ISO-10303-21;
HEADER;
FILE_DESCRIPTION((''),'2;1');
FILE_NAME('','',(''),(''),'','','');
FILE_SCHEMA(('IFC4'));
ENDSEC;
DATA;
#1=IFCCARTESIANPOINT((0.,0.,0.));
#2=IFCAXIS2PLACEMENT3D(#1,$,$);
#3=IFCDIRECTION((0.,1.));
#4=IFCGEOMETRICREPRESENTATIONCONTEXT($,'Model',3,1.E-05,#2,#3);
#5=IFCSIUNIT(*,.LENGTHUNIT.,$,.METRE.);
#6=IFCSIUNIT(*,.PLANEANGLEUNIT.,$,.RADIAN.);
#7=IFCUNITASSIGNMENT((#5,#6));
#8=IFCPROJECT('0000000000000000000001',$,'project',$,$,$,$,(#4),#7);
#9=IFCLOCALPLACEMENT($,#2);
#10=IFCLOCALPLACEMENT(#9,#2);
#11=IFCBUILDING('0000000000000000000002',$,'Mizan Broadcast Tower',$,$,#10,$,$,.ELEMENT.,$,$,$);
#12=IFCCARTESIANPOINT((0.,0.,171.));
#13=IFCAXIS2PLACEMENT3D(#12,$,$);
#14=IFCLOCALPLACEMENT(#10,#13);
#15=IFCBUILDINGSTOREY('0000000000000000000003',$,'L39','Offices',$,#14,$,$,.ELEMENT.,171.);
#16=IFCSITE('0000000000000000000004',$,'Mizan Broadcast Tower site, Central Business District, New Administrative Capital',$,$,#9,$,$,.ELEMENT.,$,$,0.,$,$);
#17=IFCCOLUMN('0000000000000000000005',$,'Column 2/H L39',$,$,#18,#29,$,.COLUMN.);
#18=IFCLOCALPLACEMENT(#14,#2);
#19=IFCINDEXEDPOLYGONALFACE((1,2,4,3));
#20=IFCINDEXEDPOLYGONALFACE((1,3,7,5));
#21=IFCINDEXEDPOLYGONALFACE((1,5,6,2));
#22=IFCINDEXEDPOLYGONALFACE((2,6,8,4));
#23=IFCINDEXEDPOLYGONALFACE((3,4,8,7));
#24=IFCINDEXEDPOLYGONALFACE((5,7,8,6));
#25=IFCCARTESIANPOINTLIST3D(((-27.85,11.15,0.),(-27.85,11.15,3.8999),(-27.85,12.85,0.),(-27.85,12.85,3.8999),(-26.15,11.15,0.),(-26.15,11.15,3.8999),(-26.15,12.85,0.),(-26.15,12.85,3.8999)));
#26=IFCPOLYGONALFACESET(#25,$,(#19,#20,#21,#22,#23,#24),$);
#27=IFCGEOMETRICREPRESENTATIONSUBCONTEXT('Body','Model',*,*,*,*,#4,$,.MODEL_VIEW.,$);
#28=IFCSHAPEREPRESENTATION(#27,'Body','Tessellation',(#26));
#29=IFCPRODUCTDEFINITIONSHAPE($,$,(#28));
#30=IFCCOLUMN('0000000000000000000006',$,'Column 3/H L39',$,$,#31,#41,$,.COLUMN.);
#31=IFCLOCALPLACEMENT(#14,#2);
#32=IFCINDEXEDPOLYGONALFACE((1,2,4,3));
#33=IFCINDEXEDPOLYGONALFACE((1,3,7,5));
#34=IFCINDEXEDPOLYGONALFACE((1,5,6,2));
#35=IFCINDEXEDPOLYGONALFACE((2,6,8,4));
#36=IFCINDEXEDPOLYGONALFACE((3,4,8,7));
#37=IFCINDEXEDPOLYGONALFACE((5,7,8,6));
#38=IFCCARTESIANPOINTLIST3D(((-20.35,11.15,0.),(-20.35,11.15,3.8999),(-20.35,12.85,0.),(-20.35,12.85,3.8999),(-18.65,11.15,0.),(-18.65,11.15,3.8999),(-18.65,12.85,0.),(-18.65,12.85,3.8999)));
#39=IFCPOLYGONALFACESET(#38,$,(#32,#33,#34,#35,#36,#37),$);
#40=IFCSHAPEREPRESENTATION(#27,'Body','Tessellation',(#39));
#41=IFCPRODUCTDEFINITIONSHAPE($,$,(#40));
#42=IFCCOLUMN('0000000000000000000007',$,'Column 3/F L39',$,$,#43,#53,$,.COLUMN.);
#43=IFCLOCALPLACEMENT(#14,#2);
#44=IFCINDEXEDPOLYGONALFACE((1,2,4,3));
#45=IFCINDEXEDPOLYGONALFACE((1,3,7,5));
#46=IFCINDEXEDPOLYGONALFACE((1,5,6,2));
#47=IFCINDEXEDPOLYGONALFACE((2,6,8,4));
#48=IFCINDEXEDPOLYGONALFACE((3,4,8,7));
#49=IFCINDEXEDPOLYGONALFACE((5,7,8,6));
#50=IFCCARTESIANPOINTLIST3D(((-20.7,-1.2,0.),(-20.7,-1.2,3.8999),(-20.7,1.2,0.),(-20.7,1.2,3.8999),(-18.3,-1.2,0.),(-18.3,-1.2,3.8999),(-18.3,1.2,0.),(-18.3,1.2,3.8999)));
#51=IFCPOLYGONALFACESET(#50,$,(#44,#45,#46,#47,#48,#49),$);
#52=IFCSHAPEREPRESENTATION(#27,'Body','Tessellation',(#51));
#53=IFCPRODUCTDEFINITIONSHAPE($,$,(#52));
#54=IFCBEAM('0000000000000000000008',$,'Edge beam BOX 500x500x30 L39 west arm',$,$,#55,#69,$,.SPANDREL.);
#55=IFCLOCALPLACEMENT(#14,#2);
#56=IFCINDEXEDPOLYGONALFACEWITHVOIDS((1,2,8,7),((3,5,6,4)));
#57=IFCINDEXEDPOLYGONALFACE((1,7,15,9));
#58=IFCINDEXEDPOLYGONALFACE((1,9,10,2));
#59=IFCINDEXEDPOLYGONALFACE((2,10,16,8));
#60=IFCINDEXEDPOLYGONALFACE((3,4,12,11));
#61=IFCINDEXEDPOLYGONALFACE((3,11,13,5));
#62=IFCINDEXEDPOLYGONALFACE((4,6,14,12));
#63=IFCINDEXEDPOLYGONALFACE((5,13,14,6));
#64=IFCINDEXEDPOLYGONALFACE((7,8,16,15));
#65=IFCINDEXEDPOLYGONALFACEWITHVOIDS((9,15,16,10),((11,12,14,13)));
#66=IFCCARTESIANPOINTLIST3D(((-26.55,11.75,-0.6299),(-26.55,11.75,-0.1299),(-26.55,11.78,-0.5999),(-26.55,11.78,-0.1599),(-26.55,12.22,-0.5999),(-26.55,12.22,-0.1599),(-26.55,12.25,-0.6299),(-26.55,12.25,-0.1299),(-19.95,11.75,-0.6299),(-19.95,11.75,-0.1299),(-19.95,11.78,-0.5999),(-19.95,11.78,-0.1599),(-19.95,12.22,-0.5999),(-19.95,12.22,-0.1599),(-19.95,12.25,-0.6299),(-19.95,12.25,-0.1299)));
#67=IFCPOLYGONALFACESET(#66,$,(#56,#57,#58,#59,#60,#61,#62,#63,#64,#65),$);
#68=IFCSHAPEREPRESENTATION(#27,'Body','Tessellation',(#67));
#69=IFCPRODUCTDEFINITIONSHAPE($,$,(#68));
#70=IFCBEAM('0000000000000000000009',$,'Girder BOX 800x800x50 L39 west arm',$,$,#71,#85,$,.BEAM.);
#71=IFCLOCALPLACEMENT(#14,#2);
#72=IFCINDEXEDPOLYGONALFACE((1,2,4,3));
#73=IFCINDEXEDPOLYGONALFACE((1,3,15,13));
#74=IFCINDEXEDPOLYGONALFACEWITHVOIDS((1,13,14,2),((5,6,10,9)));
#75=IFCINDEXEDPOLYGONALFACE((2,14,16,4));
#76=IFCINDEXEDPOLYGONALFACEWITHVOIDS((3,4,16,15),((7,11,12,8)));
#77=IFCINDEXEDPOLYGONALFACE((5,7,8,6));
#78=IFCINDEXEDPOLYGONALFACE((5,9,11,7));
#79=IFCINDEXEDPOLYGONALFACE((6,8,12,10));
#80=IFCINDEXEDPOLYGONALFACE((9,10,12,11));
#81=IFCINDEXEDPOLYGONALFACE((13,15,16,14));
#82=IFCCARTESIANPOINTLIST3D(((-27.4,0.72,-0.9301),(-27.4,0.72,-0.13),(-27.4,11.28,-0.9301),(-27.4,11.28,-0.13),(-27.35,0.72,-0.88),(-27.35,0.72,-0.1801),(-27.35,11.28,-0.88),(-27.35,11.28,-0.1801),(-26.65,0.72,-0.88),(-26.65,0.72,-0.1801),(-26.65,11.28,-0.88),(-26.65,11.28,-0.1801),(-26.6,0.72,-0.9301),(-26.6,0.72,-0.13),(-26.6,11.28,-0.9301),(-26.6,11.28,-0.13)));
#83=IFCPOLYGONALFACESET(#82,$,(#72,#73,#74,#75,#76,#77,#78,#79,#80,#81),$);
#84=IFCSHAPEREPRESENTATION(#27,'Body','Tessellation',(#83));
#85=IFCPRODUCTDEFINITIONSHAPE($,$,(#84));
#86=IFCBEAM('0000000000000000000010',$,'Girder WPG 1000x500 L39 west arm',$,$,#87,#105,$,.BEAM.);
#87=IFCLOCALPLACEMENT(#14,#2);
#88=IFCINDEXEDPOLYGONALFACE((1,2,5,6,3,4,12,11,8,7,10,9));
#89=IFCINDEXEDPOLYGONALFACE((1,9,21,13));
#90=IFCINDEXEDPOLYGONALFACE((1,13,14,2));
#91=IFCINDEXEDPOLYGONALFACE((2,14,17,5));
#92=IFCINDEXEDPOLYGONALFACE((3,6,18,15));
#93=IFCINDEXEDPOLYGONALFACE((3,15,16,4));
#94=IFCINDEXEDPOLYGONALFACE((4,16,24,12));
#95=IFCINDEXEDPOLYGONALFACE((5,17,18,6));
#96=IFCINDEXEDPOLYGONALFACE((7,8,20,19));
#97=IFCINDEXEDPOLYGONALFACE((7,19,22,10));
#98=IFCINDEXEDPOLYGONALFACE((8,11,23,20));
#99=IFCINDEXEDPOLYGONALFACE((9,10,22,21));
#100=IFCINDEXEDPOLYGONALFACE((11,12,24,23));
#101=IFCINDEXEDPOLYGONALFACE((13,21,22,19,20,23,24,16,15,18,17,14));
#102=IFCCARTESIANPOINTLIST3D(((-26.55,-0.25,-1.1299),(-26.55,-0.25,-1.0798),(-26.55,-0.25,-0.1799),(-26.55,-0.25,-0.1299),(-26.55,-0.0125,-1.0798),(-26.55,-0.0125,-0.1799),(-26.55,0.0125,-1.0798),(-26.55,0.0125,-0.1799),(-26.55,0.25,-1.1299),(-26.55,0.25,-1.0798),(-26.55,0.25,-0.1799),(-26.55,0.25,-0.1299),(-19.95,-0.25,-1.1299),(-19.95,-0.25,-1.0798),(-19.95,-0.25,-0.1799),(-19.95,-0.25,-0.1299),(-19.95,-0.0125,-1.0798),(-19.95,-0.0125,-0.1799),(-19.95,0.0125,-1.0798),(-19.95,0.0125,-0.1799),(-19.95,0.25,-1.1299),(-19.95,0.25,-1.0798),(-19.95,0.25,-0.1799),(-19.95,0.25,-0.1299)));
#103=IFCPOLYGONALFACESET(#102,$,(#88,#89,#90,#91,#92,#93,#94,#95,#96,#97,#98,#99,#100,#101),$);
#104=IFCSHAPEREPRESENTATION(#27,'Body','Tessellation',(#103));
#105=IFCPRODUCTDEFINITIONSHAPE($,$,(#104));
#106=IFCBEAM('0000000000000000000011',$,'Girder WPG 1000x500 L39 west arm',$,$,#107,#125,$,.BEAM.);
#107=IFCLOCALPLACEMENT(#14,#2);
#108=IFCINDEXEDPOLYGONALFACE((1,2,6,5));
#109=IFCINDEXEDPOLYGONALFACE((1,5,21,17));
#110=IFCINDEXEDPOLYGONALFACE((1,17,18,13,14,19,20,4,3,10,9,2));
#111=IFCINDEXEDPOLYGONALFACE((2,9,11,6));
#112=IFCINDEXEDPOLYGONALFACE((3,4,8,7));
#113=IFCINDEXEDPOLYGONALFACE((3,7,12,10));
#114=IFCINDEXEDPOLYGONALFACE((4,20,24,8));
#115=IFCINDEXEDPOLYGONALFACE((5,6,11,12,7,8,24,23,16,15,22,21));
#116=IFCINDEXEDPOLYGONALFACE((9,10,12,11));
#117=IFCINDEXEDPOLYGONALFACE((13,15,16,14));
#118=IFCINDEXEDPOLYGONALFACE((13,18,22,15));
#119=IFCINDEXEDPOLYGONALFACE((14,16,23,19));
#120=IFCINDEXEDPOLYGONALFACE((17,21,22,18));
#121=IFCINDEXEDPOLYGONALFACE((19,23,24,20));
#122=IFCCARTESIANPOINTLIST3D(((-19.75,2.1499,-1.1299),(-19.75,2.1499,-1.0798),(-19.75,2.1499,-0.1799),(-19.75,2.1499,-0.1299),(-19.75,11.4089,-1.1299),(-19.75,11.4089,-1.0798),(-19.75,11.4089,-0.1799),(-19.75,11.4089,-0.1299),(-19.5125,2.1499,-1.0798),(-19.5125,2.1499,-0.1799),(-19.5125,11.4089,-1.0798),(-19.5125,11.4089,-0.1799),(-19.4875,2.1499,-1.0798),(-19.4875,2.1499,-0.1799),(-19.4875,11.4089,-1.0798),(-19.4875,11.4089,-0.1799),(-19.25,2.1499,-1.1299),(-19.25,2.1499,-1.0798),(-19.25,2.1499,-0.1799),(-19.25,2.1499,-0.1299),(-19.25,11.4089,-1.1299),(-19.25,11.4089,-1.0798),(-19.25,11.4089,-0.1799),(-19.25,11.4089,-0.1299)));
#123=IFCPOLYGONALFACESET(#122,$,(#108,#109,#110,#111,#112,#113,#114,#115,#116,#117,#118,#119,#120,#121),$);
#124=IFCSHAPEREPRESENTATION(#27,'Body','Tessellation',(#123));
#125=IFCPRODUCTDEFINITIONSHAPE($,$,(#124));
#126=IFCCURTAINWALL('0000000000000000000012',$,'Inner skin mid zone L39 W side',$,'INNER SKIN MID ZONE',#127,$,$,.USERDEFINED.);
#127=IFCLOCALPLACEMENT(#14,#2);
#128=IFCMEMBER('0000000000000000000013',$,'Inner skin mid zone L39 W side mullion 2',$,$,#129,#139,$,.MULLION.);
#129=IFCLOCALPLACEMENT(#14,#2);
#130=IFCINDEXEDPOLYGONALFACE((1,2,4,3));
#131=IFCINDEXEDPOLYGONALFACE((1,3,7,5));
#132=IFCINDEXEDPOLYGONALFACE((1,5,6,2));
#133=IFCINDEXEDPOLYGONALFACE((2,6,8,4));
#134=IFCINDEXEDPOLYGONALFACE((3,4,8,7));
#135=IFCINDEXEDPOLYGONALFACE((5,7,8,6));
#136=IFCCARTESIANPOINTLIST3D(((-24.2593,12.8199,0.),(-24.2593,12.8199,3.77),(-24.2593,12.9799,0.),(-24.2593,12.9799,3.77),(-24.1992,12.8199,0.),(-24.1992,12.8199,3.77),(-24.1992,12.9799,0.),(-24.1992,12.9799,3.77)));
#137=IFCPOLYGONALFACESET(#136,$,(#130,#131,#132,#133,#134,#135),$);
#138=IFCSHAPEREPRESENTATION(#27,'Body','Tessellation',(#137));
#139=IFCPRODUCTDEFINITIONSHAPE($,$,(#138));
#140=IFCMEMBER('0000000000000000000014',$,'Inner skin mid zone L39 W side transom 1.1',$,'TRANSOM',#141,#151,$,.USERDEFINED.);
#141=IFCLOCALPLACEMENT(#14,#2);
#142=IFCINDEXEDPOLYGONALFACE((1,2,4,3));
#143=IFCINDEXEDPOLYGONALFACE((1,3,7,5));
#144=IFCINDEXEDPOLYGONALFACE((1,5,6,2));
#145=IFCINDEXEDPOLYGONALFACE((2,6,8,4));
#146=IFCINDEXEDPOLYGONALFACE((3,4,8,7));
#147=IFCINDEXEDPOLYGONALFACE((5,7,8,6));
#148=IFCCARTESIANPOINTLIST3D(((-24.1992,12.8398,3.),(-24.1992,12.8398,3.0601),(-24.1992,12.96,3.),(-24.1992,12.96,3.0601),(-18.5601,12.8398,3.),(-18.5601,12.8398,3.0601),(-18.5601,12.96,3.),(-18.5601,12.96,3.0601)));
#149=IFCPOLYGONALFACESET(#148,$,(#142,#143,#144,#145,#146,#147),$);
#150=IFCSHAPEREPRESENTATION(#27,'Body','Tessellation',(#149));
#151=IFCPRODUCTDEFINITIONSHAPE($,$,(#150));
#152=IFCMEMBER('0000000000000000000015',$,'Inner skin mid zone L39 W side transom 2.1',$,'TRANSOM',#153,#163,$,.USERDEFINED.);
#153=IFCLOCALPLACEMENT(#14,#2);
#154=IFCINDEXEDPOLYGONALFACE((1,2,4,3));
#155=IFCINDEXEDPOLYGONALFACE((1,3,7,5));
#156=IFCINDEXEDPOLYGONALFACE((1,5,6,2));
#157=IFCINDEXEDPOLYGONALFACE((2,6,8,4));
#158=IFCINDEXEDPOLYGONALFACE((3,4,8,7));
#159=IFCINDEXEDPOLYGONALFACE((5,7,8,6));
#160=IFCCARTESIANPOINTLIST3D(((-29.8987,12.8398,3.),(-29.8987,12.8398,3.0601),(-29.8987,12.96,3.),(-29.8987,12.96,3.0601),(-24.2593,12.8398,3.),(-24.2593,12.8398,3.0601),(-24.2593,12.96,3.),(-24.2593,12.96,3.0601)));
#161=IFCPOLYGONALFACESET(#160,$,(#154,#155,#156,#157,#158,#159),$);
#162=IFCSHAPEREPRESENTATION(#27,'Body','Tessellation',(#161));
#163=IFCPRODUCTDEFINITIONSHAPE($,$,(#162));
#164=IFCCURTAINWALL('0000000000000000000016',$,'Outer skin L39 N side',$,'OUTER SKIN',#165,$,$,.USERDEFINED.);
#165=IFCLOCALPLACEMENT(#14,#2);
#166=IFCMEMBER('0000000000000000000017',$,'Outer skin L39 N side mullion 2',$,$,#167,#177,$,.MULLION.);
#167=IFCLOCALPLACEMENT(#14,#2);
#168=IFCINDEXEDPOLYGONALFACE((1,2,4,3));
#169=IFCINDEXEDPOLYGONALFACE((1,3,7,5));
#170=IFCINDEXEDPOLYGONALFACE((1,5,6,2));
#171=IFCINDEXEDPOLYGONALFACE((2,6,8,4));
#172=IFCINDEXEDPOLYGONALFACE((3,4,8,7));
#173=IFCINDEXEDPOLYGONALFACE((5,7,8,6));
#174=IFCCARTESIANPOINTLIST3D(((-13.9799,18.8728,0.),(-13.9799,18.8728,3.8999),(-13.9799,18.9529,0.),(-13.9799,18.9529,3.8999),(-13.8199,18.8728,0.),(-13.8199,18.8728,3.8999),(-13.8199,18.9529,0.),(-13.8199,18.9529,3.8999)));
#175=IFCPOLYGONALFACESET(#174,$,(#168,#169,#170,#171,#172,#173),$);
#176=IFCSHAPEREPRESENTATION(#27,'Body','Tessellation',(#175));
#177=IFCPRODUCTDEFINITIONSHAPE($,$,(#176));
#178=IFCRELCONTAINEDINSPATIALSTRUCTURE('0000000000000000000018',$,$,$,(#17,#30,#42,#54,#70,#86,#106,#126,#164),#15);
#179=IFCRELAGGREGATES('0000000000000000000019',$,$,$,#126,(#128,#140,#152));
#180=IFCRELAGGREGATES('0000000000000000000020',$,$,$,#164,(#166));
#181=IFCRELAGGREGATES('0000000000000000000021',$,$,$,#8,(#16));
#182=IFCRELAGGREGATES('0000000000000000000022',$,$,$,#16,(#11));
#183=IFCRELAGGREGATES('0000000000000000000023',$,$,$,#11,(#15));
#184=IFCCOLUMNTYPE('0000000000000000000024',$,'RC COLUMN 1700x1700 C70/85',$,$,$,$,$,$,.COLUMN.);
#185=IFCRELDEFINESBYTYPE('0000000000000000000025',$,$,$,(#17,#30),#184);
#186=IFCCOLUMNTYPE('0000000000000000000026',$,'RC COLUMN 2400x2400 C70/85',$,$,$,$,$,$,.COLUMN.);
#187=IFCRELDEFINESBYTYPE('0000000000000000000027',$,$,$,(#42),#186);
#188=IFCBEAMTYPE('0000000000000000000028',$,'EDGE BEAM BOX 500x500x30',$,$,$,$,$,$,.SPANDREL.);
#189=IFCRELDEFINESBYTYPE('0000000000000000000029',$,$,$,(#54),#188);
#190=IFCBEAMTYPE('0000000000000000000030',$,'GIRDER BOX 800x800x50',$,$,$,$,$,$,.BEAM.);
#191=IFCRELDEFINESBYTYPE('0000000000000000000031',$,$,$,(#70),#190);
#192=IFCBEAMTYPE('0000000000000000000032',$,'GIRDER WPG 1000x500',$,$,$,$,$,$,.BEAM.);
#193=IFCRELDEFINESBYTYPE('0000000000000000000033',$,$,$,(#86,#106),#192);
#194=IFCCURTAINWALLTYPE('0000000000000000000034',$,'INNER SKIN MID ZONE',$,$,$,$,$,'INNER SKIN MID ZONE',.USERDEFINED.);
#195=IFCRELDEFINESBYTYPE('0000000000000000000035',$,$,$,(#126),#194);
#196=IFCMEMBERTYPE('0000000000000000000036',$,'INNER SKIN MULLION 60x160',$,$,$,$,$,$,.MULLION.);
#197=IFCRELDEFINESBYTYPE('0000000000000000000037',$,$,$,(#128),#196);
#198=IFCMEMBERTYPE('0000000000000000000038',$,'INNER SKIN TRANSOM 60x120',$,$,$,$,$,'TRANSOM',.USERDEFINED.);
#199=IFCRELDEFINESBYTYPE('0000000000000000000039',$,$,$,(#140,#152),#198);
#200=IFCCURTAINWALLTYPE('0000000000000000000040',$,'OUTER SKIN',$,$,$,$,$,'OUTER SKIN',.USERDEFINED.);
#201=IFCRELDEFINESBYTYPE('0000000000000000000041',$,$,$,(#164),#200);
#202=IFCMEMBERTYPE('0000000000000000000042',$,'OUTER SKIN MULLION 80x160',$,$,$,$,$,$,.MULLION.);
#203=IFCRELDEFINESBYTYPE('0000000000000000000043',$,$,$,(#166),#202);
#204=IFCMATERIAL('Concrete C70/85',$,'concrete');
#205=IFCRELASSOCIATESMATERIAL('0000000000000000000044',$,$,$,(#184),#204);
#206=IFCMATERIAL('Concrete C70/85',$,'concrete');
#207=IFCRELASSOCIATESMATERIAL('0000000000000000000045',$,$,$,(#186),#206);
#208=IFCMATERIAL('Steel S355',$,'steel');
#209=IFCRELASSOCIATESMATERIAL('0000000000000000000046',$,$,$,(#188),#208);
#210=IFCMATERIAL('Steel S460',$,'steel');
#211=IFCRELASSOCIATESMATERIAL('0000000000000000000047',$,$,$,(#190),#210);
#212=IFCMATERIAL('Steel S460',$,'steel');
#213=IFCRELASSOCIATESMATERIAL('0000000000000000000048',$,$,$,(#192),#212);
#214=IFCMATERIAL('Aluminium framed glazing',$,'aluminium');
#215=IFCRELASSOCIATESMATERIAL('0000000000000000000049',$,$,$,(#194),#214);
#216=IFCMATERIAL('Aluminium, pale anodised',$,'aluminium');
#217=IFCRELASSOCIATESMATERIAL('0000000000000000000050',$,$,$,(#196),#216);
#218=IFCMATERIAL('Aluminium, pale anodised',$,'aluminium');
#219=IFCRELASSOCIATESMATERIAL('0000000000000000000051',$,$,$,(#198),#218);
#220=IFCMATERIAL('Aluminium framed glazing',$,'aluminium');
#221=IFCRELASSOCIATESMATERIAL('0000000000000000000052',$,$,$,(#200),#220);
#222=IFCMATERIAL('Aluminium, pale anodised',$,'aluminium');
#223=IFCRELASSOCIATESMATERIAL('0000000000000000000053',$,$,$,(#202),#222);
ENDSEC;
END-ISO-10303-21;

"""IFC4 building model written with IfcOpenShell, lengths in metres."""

from ifc_helpers import new_model, si_unit, direction, frame, origin, origin_2d, place, context, subcontext, project, spatial, rectangle, hollow_rectangle, i_section, extrude, material, material_profile, profile_set, type_object, element, aggregate, save


model = new_model("IFC4")

# Units and contexts
model_context = context("Model", 3, precision=1e-05, world=origin(), true_north=direction((0.0, 1.0)))
body_context = subcontext(model_context, "Body", "Model", "MODEL_VIEW")
ifc_project = project(units=[si_unit("LENGTHUNIT", "METRE"), si_unit("PLANEANGLEUNIT", "RADIAN")], contexts=[model_context])

# Site, building, storey
site_placement = place(None, origin())
site = spatial("IfcSite", under=ifc_project, at=site_placement, Name="Mizan Broadcast Tower site, Central Business District, New Administrative Capital", CompositionType="ELEMENT", RefElevation=0.0)
building_placement = place(site_placement, origin())
building = spatial("IfcBuilding", under=site, at=building_placement, Name="Mizan Broadcast Tower", CompositionType="ELEMENT")
storey_placement = place(building_placement, frame((0.0, 0.0, 171.0)))
storey = spatial("IfcBuildingStorey", under=building, at=storey_placement, Name="L39", Description="Offices", CompositionType="ELEMENT", Elevation=171.0)

# Columns
ifc_material_1 = material(Name="Concrete C70/85", Category="concrete")
ifc_material_profile_1 = material_profile(ifc_material_1, rectangle(XDim=1.7, YDim=1.7, at=origin_2d()), Name="RC 1700x1700")
ifc_profile_set_1 = profile_set([ifc_material_profile_1], Name="Concrete C70/85")
column_type_1 = type_object("IfcColumnType", Name="RC COLUMN 1700x1700 C70/85", PredefinedType="COLUMN", material=ifc_profile_set_1)
for number, where, z_axis, x_axis, name in (
    (1, (-27.0, 12.0, 0.0), (0.0, 0.0, 1.0), (1.0, 0.0, 0.0), "Column 2/H L39"),
    (2, (-19.5, 12.0, 0.0), (0.0, 0.0, 1.0), (1.0, 0.0, 0.0), "Column 3/H L39"),
):
    element("IfcColumn", number, at=place(storey_placement, frame(where, z_axis=z_axis, x_axis=x_axis)), inside=storey, type_object=column_type_1, Name=name, PredefinedType="COLUMN", context=body_context, shape_type="SweptSolid", body=[
        extrude(rectangle(XDim=1.7, YDim=1.7, at=origin_2d()), origin(), (0.0, 0.0, 1.0), 3.8999),
    ])
ifc_material_2 = material(Name="Concrete C70/85", Category="concrete")
ifc_material_profile_2 = material_profile(ifc_material_2, rectangle(XDim=2.3999, YDim=2.3999, at=origin_2d()), Name="RC 2400x2400")
ifc_profile_set_2 = profile_set([ifc_material_profile_2], Name="Concrete C70/85")
column_type_2 = type_object("IfcColumnType", Name="RC COLUMN 2400x2400 C70/85", PredefinedType="COLUMN", material=ifc_profile_set_2)
column_placement = place(storey_placement, frame((-19.5, 0.0, 0.0), z_axis=(0.0, 0.0, 1.0), x_axis=(1.0, 0.0, 0.0)))
element("IfcColumn", 3, at=column_placement, inside=storey, type_object=column_type_2, Name="Column 3/F L39", PredefinedType="COLUMN", context=body_context, shape_type="SweptSolid", body=[
    extrude(rectangle(XDim=2.3999, YDim=2.3999, at=origin_2d()), origin(), (0.0, 0.0, 1.0), 3.8999),
])

# Beams
ifc_material_3 = material(Name="Steel S355", Category="steel")
ifc_material_profile_3 = material_profile(ifc_material_3, hollow_rectangle(XDim=0.5, YDim=0.5, WallThickness=0.03, at=origin_2d()), Name="BOX 500x500x30")
ifc_profile_set_3 = profile_set([ifc_material_profile_3], Name="Steel S355")
beam_type_1 = type_object("IfcBeamType", Name="EDGE BEAM BOX 500x500x30", PredefinedType="SPANDREL", material=ifc_profile_set_3)
beam_1_placement = place(storey_placement, frame((-19.95, 12.0, -0.3799), z_axis=(-1.0, 0.0, 0.0), x_axis=(0.0, -1.0, 0.0)))
element("IfcBeam", 4, at=beam_1_placement, inside=storey, type_object=beam_type_1, Name="Edge beam BOX 500x500x30 L39 west arm", PredefinedType="SPANDREL", context=body_context, shape_type="SweptSolid", body=[
    extrude(hollow_rectangle(XDim=0.5, YDim=0.5, WallThickness=0.03, at=origin_2d()), origin(), (0.0, 0.0, 1.0), 6.6001),
])
ifc_material_4 = material(Name="Steel S460", Category="steel")
ifc_material_profile_4 = material_profile(ifc_material_4, hollow_rectangle(XDim=0.8, YDim=0.8, WallThickness=0.05, at=origin_2d()), Name="BOX 800x800x50")
ifc_profile_set_4 = profile_set([ifc_material_profile_4], Name="Steel S460")
beam_type_2 = type_object("IfcBeamType", Name="GIRDER BOX 800x800x50", PredefinedType="BEAM", material=ifc_profile_set_4)
beam_2_placement = place(storey_placement, frame((-27.0, 11.28, -0.53), z_axis=(0.0, -1.0, 0.0), x_axis=(1.0, 0.0, 0.0)))
element("IfcBeam", 5, at=beam_2_placement, inside=storey, type_object=beam_type_2, Name="Girder BOX 800x800x50 L39 west arm", PredefinedType="BEAM", context=body_context, shape_type="SweptSolid", body=[
    extrude(hollow_rectangle(XDim=0.8, YDim=0.8, WallThickness=0.05, at=origin_2d()), origin(), (0.0, 0.0, 1.0), 10.5601),
])
ifc_material_5 = material(Name="Steel S460", Category="steel")
ifc_material_profile_5 = material_profile(ifc_material_5, i_section(OverallWidth=0.5, OverallDepth=1.0, WebThickness=0.0249, FlangeThickness=0.05, at=origin_2d()), Name="WPG 1000x500")
ifc_profile_set_5 = profile_set([ifc_material_profile_5], Name="Steel S460")
beam_type_3 = type_object("IfcBeamType", Name="GIRDER WPG 1000x500", PredefinedType="BEAM", material=ifc_profile_set_5)
beam_3_placement = place(storey_placement, frame((-19.95, 0.0, -0.6299), z_axis=(-1.0, 0.0, 0.0), x_axis=(0.0, -1.0, 0.0)))
element("IfcBeam", 6, at=beam_3_placement, inside=storey, type_object=beam_type_3, Name="Girder WPG 1000x500 L39 west arm", PredefinedType="BEAM", context=body_context, shape_type="SweptSolid", body=[
    extrude(i_section(OverallWidth=0.5, OverallDepth=1.0, WebThickness=0.0249, FlangeThickness=0.05, at=origin_2d()), origin(), (0.0, 0.0, 1.0), 6.6001),
])
beam_4_placement = place(storey_placement, frame((-19.5, 11.4089, -0.6299), z_axis=(0.0, -1.0, 0.0), x_axis=(1.0, 0.0, 0.0)))
element("IfcBeam", 7, at=beam_4_placement, inside=storey, type_object=beam_type_3, Name="Girder WPG 1000x500 L39 west arm", PredefinedType="BEAM", context=body_context, shape_type="SweptSolid", body=[
    extrude(i_section(OverallWidth=0.5, OverallDepth=1.0, WebThickness=0.0249, FlangeThickness=0.05, at=origin_2d()), origin(), (0.0, 0.0, 1.0), 9.259),
])

# Curtain wall, members
ifc_material_6 = material(Name="Aluminium framed glazing", Category="aluminium")
curtain_wall_type_1 = type_object("IfcCurtainWallType", Name="INNER SKIN MID ZONE", ElementType="INNER SKIN MID ZONE", PredefinedType="USERDEFINED", material=ifc_material_6)
curtain_wall_1_placement = place(storey_placement, origin())
curtain_wall_1 = element("IfcCurtainWall", 8, at=curtain_wall_1_placement, inside=storey, type_object=curtain_wall_type_1, Name="Inner skin mid zone L39 W side", ObjectType="INNER SKIN MID ZONE", PredefinedType="USERDEFINED")
ifc_material_7 = material(Name="Aluminium, pale anodised", Category="aluminium")
ifc_material_profile_6 = material_profile(ifc_material_7, rectangle(XDim=0.1599, YDim=0.0601, at=origin_2d()), Name="MULLION 160x60")
ifc_profile_set_6 = profile_set([ifc_material_profile_6], Name="Aluminium, pale anodised")
member_type_1 = type_object("IfcMemberType", Name="INNER SKIN MULLION 60x160", PredefinedType="MULLION", material=ifc_profile_set_6)
member_1_placement = place(storey_placement, frame((-24.2292, 12.8999, 0.0), z_axis=(0.0, 0.0, 1.0), x_axis=(0.0, -1.0, 0.0)))
member_1 = element("IfcMember", 9, at=member_1_placement, type_object=member_type_1, Name="Inner skin mid zone L39 W side mullion 2", PredefinedType="MULLION", context=body_context, shape_type="SweptSolid", body=[
    extrude(rectangle(XDim=0.1599, YDim=0.0601, at=origin_2d()), origin(), (0.0, 0.0, 1.0), 3.77),
])
ifc_material_8 = material(Name="Aluminium, pale anodised", Category="aluminium")
ifc_material_profile_7 = material_profile(ifc_material_8, rectangle(XDim=0.1201, YDim=0.0601, at=origin_2d()), Name="TRANSOM 120x60")
ifc_profile_set_7 = profile_set([ifc_material_profile_7], Name="Aluminium, pale anodised")
member_type_2 = type_object("IfcMemberType", Name="INNER SKIN TRANSOM 60x120", ElementType="TRANSOM", PredefinedType="USERDEFINED", material=ifc_profile_set_7)
member_2_placement = place(storey_placement, frame((-18.5601, 12.8999, 3.03), z_axis=(-1.0, 0.0, 0.0), x_axis=(0.0, -1.0, 0.0)))
member_2 = element("IfcMember", 10, at=member_2_placement, type_object=member_type_2, Name="Inner skin mid zone L39 W side transom 1.1", ObjectType="TRANSOM", PredefinedType="USERDEFINED", context=body_context, shape_type="SweptSolid", body=[
    extrude(rectangle(XDim=0.1201, YDim=0.0601, at=origin_2d()), origin(), (0.0, 0.0, 1.0), 5.6392),
])
member_3_placement = place(storey_placement, frame((-24.2593, 12.8999, 3.03), z_axis=(-1.0, 0.0, 0.0), x_axis=(0.0, -1.0, 0.0)))
member_3 = element("IfcMember", 11, at=member_3_placement, type_object=member_type_2, Name="Inner skin mid zone L39 W side transom 2.1", ObjectType="TRANSOM", PredefinedType="USERDEFINED", context=body_context, shape_type="SweptSolid", body=[
    extrude(rectangle(XDim=0.1201, YDim=0.0601, at=origin_2d()), origin(), (0.0, 0.0, 1.0), 5.6394),
])

# Curtain wall, member
ifc_material_9 = material(Name="Aluminium framed glazing", Category="aluminium")
curtain_wall_type_2 = type_object("IfcCurtainWallType", Name="OUTER SKIN", ElementType="OUTER SKIN", PredefinedType="USERDEFINED", material=ifc_material_9)
curtain_wall_2_placement = place(storey_placement, origin())
curtain_wall_2 = element("IfcCurtainWall", 12, at=curtain_wall_2_placement, inside=storey, type_object=curtain_wall_type_2, Name="Outer skin L39 N side", ObjectType="OUTER SKIN", PredefinedType="USERDEFINED")
ifc_material_10 = material(Name="Aluminium, pale anodised", Category="aluminium")
ifc_material_profile_8 = material_profile(ifc_material_10, rectangle(XDim=0.1599, YDim=0.0801, at=origin_2d()), Name="MULLION 160x80")
ifc_profile_set_8 = profile_set([ifc_material_profile_8], Name="Aluminium, pale anodised")
member_type_3 = type_object("IfcMemberType", Name="OUTER SKIN MULLION 80x160", PredefinedType="MULLION", material=ifc_profile_set_8)
member_4_placement = place(storey_placement, frame((-13.8999, 18.9128, 0.0), z_axis=(0.0, 0.0, 1.0), x_axis=(1.0, 0.0, 0.0)))
member_4 = element("IfcMember", 13, at=member_4_placement, type_object=member_type_3, Name="Outer skin L39 N side mullion 2", PredefinedType="MULLION", context=body_context, shape_type="SweptSolid", body=[
    extrude(rectangle(XDim=0.1599, YDim=0.0801, at=origin_2d()), origin(), (0.0, 0.0, 1.0), 3.8999),
])

aggregate(curtain_wall_1, [member_1, member_2, member_3])
aggregate(curtain_wall_2, [member_4])

save(model, "model.ifc")
